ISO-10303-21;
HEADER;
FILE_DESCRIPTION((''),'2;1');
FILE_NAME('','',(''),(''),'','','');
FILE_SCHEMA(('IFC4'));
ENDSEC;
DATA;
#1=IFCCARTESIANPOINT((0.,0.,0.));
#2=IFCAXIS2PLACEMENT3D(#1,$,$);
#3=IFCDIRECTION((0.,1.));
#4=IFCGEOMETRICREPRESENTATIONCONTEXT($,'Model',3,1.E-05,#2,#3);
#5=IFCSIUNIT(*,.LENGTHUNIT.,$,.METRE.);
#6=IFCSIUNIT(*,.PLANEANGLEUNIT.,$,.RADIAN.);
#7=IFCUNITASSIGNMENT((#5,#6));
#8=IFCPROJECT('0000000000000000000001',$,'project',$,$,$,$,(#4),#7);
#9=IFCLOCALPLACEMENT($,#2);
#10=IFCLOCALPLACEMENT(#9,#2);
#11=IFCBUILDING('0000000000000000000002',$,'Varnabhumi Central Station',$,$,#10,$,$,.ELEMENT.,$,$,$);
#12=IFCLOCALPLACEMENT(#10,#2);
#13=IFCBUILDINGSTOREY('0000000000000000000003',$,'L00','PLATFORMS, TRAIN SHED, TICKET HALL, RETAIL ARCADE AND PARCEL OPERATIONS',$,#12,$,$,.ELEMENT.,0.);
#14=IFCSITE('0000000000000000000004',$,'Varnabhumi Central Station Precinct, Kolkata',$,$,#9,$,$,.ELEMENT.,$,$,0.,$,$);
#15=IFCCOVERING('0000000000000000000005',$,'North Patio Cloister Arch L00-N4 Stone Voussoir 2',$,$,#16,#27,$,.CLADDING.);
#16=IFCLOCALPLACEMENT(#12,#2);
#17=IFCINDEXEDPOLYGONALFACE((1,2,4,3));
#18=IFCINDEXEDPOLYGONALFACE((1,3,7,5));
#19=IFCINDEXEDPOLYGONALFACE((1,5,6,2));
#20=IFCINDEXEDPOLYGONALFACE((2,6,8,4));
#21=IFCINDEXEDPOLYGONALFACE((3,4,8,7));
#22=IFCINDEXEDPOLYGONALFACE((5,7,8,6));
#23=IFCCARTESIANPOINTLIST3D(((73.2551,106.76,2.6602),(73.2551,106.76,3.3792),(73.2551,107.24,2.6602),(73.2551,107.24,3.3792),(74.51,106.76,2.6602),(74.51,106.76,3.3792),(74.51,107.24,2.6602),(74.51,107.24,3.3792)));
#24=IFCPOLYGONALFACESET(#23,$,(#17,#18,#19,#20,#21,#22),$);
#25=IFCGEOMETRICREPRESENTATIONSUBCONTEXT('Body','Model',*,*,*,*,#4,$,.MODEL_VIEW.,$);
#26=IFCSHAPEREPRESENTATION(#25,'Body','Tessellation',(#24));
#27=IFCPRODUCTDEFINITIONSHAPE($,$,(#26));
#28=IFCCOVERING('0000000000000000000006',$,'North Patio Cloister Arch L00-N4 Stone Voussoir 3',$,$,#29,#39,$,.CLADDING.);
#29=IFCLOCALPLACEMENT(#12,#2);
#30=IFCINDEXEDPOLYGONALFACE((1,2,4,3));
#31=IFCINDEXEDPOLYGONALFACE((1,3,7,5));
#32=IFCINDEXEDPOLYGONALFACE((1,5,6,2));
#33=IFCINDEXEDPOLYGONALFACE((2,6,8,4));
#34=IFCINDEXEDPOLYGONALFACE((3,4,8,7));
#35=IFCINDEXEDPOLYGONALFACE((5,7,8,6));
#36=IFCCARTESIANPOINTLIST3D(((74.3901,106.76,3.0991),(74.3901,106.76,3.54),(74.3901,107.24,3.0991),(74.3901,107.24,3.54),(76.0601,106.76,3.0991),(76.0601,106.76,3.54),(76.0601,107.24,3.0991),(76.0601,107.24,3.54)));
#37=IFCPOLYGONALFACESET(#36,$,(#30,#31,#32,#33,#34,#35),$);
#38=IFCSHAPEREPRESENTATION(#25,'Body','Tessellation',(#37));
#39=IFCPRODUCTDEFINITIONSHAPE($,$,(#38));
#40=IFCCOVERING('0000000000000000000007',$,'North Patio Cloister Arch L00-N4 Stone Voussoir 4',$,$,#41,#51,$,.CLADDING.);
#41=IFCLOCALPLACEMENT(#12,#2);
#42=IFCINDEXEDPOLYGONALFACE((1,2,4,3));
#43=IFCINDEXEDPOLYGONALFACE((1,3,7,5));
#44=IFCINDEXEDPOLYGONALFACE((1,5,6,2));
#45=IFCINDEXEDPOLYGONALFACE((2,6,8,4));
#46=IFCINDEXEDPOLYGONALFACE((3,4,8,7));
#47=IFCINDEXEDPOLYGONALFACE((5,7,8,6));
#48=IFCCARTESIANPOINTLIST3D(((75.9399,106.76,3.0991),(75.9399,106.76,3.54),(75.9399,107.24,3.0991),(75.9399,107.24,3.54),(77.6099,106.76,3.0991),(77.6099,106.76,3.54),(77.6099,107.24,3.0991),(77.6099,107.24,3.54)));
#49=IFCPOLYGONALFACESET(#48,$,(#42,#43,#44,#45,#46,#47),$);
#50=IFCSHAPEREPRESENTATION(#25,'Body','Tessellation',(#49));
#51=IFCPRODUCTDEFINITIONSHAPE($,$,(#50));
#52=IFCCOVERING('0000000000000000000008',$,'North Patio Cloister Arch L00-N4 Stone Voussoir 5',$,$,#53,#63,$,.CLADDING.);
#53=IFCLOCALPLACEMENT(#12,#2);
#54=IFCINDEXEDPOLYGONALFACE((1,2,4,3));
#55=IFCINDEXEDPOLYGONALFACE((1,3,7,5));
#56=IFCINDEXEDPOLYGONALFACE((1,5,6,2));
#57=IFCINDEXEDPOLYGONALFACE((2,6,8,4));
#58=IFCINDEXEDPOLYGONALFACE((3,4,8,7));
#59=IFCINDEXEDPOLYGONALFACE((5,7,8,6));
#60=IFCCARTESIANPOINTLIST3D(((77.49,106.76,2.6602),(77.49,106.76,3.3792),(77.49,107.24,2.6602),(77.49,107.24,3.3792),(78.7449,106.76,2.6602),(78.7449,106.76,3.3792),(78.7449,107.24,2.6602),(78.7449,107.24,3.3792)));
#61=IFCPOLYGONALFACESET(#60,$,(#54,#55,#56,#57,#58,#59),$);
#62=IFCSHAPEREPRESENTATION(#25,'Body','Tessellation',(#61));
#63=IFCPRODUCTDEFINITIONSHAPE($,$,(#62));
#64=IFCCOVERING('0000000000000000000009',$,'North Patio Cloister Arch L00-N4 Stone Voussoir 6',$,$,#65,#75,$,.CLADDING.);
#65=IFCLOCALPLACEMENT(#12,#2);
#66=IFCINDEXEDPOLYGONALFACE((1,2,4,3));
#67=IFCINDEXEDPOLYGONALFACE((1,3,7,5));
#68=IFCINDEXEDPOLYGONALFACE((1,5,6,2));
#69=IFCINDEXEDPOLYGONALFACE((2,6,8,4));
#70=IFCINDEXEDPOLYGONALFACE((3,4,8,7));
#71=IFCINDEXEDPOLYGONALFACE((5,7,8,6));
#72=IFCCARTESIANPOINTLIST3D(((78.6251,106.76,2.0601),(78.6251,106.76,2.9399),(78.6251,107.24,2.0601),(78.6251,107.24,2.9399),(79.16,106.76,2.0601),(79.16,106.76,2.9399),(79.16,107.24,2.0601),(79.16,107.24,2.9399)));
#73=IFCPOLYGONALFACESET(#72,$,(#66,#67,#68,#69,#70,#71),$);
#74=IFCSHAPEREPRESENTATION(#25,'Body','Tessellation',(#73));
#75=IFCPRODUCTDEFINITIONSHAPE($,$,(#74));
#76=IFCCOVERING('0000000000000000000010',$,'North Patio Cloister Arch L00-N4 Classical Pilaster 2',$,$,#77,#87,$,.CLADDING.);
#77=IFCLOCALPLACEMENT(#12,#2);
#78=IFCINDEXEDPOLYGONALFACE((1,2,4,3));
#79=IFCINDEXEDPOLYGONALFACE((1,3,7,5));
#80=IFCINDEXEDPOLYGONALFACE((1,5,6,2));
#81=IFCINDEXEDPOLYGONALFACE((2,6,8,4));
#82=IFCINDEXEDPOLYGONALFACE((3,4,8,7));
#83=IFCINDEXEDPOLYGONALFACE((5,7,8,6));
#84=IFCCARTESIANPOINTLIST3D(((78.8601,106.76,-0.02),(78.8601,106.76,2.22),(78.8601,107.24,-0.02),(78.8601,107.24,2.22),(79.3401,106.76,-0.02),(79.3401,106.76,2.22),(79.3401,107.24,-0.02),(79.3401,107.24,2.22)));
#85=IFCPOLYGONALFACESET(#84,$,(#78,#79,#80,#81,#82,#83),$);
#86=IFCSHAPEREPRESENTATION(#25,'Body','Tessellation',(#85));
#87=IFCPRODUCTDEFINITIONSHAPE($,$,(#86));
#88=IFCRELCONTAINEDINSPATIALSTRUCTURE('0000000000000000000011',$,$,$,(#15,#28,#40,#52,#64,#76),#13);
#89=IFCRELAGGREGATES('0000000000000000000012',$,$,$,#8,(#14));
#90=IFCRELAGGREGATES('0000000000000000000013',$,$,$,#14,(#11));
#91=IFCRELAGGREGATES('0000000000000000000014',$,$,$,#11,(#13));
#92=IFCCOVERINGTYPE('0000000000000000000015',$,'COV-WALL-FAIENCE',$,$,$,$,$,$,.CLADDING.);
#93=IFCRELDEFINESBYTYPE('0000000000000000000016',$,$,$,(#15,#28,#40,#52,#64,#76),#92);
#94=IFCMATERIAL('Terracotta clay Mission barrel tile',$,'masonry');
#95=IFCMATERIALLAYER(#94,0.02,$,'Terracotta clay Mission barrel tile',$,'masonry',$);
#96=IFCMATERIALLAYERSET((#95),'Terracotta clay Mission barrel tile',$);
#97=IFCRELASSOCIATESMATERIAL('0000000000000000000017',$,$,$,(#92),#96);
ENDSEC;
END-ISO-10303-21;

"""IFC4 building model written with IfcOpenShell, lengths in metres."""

from ifc_helpers import new_model, si_unit, direction, frame, origin, origin_2d, place, context, subcontext, project, spatial, rectangle, extrude, material, layer, layer_set, type_object, element, save


model = new_model("IFC4")

# Units and contexts
model_context = context("Model", 3, precision=1e-05, world=origin(), true_north=direction((0.0, 1.0)))
body_context = subcontext(model_context, "Body", "Model", "MODEL_VIEW")
ifc_project = project(units=[si_unit("LENGTHUNIT", "METRE"), si_unit("PLANEANGLEUNIT", "RADIAN")], contexts=[model_context])

# Site, building, storey
site_placement = place(None, origin())
site = spatial("IfcSite", under=ifc_project, at=site_placement, Name="Varnabhumi Central Station Precinct, Kolkata", CompositionType="ELEMENT", RefElevation=0.0)
building_placement = place(site_placement, origin())
building = spatial("IfcBuilding", under=site, at=building_placement, Name="Varnabhumi Central Station", CompositionType="ELEMENT")
storey_placement = place(building_placement, origin())
storey = spatial("IfcBuildingStorey", under=building, at=storey_placement, Name="L00", Description="PLATFORMS, TRAIN SHED, TICKET HALL, RETAIL ARCADE AND PARCEL OPERATIONS", CompositionType="ELEMENT", Elevation=0.0)

# Coverings
ifc_material_1 = material(Name="Terracotta clay Mission barrel tile", Category="masonry")
ifc_layer_1 = layer(ifc_material_1, 0.02, Name="Terracotta clay Mission barrel tile", Category="masonry")
ifc_layer_set_1 = layer_set([ifc_layer_1], Name="Terracotta clay Mission barrel tile")
covering_type = type_object("IfcCoveringType", Name="COV-WALL-FAIENCE", PredefinedType="CLADDING", material=ifc_layer_set_1)
covering_1_placement = place(storey_placement, frame((73.8826, 107.0, 2.6602), z_axis=(0.0, 0.0, 1.0), x_axis=(1.0, 0.0, 0.0)))
element("IfcCovering", 1, at=covering_1_placement, inside=storey, type_object=covering_type, Name="North Patio Cloister Arch L00-N4 Stone Voussoir 2", PredefinedType="CLADDING", context=body_context, shape_type="SweptSolid", body=[
    extrude(rectangle(XDim=1.2549, YDim=0.48, at=origin_2d()), origin(), (0.0, 0.0, 1.0), 0.719),
])
for number, where, z_axis, x_axis, name in (
    (2, (75.2251, 107.0, 3.0991), (0.0, 0.0, 1.0), (1.0, 0.0, 0.0), "North Patio Cloister Arch L00-N4 Stone Voussoir 3"),
    (3, (76.7749, 107.0, 3.0991), (0.0, 0.0, 1.0), (1.0, 0.0, 0.0), "North Patio Cloister Arch L00-N4 Stone Voussoir 4"),
):
    element("IfcCovering", number, at=place(storey_placement, frame(where, z_axis=z_axis, x_axis=x_axis)), inside=storey, type_object=covering_type, Name=name, PredefinedType="CLADDING", context=body_context, shape_type="SweptSolid", body=[
        extrude(rectangle(XDim=1.6699, YDim=0.48, at=origin_2d()), origin(), (0.0, 0.0, 1.0), 0.4409),
    ])
covering_2_placement = place(storey_placement, frame((78.1174, 107.0, 2.6602), z_axis=(0.0, 0.0, 1.0), x_axis=(1.0, 0.0, 0.0)))
element("IfcCovering", 4, at=covering_2_placement, inside=storey, type_object=covering_type, Name="North Patio Cloister Arch L00-N4 Stone Voussoir 5", PredefinedType="CLADDING", context=body_context, shape_type="SweptSolid", body=[
    extrude(rectangle(XDim=1.2549, YDim=0.48, at=origin_2d()), origin(), (0.0, 0.0, 1.0), 0.719),
])
covering_3_placement = place(storey_placement, frame((78.8926, 107.0, 2.0601), z_axis=(0.0, 0.0, 1.0), x_axis=(1.0, 0.0, 0.0)))
element("IfcCovering", 5, at=covering_3_placement, inside=storey, type_object=covering_type, Name="North Patio Cloister Arch L00-N4 Stone Voussoir 6", PredefinedType="CLADDING", context=body_context, shape_type="SweptSolid", body=[
    extrude(rectangle(XDim=0.5349, YDim=0.48, at=origin_2d()), origin(), (0.0, 0.0, 1.0), 0.8799),
])
covering_4_placement = place(storey_placement, frame((79.1001, 107.0, -0.02), z_axis=(0.0, 0.0, 1.0), x_axis=(1.0, 0.0, 0.0)))
element("IfcCovering", 6, at=covering_4_placement, inside=storey, type_object=covering_type, Name="North Patio Cloister Arch L00-N4 Classical Pilaster 2", PredefinedType="CLADDING", context=body_context, shape_type="SweptSolid", body=[
    extrude(rectangle(XDim=0.48, YDim=0.48, at=origin_2d()), origin(), (0.0, 0.0, 1.0), 2.24),
])

save(model, "model.ifc")
